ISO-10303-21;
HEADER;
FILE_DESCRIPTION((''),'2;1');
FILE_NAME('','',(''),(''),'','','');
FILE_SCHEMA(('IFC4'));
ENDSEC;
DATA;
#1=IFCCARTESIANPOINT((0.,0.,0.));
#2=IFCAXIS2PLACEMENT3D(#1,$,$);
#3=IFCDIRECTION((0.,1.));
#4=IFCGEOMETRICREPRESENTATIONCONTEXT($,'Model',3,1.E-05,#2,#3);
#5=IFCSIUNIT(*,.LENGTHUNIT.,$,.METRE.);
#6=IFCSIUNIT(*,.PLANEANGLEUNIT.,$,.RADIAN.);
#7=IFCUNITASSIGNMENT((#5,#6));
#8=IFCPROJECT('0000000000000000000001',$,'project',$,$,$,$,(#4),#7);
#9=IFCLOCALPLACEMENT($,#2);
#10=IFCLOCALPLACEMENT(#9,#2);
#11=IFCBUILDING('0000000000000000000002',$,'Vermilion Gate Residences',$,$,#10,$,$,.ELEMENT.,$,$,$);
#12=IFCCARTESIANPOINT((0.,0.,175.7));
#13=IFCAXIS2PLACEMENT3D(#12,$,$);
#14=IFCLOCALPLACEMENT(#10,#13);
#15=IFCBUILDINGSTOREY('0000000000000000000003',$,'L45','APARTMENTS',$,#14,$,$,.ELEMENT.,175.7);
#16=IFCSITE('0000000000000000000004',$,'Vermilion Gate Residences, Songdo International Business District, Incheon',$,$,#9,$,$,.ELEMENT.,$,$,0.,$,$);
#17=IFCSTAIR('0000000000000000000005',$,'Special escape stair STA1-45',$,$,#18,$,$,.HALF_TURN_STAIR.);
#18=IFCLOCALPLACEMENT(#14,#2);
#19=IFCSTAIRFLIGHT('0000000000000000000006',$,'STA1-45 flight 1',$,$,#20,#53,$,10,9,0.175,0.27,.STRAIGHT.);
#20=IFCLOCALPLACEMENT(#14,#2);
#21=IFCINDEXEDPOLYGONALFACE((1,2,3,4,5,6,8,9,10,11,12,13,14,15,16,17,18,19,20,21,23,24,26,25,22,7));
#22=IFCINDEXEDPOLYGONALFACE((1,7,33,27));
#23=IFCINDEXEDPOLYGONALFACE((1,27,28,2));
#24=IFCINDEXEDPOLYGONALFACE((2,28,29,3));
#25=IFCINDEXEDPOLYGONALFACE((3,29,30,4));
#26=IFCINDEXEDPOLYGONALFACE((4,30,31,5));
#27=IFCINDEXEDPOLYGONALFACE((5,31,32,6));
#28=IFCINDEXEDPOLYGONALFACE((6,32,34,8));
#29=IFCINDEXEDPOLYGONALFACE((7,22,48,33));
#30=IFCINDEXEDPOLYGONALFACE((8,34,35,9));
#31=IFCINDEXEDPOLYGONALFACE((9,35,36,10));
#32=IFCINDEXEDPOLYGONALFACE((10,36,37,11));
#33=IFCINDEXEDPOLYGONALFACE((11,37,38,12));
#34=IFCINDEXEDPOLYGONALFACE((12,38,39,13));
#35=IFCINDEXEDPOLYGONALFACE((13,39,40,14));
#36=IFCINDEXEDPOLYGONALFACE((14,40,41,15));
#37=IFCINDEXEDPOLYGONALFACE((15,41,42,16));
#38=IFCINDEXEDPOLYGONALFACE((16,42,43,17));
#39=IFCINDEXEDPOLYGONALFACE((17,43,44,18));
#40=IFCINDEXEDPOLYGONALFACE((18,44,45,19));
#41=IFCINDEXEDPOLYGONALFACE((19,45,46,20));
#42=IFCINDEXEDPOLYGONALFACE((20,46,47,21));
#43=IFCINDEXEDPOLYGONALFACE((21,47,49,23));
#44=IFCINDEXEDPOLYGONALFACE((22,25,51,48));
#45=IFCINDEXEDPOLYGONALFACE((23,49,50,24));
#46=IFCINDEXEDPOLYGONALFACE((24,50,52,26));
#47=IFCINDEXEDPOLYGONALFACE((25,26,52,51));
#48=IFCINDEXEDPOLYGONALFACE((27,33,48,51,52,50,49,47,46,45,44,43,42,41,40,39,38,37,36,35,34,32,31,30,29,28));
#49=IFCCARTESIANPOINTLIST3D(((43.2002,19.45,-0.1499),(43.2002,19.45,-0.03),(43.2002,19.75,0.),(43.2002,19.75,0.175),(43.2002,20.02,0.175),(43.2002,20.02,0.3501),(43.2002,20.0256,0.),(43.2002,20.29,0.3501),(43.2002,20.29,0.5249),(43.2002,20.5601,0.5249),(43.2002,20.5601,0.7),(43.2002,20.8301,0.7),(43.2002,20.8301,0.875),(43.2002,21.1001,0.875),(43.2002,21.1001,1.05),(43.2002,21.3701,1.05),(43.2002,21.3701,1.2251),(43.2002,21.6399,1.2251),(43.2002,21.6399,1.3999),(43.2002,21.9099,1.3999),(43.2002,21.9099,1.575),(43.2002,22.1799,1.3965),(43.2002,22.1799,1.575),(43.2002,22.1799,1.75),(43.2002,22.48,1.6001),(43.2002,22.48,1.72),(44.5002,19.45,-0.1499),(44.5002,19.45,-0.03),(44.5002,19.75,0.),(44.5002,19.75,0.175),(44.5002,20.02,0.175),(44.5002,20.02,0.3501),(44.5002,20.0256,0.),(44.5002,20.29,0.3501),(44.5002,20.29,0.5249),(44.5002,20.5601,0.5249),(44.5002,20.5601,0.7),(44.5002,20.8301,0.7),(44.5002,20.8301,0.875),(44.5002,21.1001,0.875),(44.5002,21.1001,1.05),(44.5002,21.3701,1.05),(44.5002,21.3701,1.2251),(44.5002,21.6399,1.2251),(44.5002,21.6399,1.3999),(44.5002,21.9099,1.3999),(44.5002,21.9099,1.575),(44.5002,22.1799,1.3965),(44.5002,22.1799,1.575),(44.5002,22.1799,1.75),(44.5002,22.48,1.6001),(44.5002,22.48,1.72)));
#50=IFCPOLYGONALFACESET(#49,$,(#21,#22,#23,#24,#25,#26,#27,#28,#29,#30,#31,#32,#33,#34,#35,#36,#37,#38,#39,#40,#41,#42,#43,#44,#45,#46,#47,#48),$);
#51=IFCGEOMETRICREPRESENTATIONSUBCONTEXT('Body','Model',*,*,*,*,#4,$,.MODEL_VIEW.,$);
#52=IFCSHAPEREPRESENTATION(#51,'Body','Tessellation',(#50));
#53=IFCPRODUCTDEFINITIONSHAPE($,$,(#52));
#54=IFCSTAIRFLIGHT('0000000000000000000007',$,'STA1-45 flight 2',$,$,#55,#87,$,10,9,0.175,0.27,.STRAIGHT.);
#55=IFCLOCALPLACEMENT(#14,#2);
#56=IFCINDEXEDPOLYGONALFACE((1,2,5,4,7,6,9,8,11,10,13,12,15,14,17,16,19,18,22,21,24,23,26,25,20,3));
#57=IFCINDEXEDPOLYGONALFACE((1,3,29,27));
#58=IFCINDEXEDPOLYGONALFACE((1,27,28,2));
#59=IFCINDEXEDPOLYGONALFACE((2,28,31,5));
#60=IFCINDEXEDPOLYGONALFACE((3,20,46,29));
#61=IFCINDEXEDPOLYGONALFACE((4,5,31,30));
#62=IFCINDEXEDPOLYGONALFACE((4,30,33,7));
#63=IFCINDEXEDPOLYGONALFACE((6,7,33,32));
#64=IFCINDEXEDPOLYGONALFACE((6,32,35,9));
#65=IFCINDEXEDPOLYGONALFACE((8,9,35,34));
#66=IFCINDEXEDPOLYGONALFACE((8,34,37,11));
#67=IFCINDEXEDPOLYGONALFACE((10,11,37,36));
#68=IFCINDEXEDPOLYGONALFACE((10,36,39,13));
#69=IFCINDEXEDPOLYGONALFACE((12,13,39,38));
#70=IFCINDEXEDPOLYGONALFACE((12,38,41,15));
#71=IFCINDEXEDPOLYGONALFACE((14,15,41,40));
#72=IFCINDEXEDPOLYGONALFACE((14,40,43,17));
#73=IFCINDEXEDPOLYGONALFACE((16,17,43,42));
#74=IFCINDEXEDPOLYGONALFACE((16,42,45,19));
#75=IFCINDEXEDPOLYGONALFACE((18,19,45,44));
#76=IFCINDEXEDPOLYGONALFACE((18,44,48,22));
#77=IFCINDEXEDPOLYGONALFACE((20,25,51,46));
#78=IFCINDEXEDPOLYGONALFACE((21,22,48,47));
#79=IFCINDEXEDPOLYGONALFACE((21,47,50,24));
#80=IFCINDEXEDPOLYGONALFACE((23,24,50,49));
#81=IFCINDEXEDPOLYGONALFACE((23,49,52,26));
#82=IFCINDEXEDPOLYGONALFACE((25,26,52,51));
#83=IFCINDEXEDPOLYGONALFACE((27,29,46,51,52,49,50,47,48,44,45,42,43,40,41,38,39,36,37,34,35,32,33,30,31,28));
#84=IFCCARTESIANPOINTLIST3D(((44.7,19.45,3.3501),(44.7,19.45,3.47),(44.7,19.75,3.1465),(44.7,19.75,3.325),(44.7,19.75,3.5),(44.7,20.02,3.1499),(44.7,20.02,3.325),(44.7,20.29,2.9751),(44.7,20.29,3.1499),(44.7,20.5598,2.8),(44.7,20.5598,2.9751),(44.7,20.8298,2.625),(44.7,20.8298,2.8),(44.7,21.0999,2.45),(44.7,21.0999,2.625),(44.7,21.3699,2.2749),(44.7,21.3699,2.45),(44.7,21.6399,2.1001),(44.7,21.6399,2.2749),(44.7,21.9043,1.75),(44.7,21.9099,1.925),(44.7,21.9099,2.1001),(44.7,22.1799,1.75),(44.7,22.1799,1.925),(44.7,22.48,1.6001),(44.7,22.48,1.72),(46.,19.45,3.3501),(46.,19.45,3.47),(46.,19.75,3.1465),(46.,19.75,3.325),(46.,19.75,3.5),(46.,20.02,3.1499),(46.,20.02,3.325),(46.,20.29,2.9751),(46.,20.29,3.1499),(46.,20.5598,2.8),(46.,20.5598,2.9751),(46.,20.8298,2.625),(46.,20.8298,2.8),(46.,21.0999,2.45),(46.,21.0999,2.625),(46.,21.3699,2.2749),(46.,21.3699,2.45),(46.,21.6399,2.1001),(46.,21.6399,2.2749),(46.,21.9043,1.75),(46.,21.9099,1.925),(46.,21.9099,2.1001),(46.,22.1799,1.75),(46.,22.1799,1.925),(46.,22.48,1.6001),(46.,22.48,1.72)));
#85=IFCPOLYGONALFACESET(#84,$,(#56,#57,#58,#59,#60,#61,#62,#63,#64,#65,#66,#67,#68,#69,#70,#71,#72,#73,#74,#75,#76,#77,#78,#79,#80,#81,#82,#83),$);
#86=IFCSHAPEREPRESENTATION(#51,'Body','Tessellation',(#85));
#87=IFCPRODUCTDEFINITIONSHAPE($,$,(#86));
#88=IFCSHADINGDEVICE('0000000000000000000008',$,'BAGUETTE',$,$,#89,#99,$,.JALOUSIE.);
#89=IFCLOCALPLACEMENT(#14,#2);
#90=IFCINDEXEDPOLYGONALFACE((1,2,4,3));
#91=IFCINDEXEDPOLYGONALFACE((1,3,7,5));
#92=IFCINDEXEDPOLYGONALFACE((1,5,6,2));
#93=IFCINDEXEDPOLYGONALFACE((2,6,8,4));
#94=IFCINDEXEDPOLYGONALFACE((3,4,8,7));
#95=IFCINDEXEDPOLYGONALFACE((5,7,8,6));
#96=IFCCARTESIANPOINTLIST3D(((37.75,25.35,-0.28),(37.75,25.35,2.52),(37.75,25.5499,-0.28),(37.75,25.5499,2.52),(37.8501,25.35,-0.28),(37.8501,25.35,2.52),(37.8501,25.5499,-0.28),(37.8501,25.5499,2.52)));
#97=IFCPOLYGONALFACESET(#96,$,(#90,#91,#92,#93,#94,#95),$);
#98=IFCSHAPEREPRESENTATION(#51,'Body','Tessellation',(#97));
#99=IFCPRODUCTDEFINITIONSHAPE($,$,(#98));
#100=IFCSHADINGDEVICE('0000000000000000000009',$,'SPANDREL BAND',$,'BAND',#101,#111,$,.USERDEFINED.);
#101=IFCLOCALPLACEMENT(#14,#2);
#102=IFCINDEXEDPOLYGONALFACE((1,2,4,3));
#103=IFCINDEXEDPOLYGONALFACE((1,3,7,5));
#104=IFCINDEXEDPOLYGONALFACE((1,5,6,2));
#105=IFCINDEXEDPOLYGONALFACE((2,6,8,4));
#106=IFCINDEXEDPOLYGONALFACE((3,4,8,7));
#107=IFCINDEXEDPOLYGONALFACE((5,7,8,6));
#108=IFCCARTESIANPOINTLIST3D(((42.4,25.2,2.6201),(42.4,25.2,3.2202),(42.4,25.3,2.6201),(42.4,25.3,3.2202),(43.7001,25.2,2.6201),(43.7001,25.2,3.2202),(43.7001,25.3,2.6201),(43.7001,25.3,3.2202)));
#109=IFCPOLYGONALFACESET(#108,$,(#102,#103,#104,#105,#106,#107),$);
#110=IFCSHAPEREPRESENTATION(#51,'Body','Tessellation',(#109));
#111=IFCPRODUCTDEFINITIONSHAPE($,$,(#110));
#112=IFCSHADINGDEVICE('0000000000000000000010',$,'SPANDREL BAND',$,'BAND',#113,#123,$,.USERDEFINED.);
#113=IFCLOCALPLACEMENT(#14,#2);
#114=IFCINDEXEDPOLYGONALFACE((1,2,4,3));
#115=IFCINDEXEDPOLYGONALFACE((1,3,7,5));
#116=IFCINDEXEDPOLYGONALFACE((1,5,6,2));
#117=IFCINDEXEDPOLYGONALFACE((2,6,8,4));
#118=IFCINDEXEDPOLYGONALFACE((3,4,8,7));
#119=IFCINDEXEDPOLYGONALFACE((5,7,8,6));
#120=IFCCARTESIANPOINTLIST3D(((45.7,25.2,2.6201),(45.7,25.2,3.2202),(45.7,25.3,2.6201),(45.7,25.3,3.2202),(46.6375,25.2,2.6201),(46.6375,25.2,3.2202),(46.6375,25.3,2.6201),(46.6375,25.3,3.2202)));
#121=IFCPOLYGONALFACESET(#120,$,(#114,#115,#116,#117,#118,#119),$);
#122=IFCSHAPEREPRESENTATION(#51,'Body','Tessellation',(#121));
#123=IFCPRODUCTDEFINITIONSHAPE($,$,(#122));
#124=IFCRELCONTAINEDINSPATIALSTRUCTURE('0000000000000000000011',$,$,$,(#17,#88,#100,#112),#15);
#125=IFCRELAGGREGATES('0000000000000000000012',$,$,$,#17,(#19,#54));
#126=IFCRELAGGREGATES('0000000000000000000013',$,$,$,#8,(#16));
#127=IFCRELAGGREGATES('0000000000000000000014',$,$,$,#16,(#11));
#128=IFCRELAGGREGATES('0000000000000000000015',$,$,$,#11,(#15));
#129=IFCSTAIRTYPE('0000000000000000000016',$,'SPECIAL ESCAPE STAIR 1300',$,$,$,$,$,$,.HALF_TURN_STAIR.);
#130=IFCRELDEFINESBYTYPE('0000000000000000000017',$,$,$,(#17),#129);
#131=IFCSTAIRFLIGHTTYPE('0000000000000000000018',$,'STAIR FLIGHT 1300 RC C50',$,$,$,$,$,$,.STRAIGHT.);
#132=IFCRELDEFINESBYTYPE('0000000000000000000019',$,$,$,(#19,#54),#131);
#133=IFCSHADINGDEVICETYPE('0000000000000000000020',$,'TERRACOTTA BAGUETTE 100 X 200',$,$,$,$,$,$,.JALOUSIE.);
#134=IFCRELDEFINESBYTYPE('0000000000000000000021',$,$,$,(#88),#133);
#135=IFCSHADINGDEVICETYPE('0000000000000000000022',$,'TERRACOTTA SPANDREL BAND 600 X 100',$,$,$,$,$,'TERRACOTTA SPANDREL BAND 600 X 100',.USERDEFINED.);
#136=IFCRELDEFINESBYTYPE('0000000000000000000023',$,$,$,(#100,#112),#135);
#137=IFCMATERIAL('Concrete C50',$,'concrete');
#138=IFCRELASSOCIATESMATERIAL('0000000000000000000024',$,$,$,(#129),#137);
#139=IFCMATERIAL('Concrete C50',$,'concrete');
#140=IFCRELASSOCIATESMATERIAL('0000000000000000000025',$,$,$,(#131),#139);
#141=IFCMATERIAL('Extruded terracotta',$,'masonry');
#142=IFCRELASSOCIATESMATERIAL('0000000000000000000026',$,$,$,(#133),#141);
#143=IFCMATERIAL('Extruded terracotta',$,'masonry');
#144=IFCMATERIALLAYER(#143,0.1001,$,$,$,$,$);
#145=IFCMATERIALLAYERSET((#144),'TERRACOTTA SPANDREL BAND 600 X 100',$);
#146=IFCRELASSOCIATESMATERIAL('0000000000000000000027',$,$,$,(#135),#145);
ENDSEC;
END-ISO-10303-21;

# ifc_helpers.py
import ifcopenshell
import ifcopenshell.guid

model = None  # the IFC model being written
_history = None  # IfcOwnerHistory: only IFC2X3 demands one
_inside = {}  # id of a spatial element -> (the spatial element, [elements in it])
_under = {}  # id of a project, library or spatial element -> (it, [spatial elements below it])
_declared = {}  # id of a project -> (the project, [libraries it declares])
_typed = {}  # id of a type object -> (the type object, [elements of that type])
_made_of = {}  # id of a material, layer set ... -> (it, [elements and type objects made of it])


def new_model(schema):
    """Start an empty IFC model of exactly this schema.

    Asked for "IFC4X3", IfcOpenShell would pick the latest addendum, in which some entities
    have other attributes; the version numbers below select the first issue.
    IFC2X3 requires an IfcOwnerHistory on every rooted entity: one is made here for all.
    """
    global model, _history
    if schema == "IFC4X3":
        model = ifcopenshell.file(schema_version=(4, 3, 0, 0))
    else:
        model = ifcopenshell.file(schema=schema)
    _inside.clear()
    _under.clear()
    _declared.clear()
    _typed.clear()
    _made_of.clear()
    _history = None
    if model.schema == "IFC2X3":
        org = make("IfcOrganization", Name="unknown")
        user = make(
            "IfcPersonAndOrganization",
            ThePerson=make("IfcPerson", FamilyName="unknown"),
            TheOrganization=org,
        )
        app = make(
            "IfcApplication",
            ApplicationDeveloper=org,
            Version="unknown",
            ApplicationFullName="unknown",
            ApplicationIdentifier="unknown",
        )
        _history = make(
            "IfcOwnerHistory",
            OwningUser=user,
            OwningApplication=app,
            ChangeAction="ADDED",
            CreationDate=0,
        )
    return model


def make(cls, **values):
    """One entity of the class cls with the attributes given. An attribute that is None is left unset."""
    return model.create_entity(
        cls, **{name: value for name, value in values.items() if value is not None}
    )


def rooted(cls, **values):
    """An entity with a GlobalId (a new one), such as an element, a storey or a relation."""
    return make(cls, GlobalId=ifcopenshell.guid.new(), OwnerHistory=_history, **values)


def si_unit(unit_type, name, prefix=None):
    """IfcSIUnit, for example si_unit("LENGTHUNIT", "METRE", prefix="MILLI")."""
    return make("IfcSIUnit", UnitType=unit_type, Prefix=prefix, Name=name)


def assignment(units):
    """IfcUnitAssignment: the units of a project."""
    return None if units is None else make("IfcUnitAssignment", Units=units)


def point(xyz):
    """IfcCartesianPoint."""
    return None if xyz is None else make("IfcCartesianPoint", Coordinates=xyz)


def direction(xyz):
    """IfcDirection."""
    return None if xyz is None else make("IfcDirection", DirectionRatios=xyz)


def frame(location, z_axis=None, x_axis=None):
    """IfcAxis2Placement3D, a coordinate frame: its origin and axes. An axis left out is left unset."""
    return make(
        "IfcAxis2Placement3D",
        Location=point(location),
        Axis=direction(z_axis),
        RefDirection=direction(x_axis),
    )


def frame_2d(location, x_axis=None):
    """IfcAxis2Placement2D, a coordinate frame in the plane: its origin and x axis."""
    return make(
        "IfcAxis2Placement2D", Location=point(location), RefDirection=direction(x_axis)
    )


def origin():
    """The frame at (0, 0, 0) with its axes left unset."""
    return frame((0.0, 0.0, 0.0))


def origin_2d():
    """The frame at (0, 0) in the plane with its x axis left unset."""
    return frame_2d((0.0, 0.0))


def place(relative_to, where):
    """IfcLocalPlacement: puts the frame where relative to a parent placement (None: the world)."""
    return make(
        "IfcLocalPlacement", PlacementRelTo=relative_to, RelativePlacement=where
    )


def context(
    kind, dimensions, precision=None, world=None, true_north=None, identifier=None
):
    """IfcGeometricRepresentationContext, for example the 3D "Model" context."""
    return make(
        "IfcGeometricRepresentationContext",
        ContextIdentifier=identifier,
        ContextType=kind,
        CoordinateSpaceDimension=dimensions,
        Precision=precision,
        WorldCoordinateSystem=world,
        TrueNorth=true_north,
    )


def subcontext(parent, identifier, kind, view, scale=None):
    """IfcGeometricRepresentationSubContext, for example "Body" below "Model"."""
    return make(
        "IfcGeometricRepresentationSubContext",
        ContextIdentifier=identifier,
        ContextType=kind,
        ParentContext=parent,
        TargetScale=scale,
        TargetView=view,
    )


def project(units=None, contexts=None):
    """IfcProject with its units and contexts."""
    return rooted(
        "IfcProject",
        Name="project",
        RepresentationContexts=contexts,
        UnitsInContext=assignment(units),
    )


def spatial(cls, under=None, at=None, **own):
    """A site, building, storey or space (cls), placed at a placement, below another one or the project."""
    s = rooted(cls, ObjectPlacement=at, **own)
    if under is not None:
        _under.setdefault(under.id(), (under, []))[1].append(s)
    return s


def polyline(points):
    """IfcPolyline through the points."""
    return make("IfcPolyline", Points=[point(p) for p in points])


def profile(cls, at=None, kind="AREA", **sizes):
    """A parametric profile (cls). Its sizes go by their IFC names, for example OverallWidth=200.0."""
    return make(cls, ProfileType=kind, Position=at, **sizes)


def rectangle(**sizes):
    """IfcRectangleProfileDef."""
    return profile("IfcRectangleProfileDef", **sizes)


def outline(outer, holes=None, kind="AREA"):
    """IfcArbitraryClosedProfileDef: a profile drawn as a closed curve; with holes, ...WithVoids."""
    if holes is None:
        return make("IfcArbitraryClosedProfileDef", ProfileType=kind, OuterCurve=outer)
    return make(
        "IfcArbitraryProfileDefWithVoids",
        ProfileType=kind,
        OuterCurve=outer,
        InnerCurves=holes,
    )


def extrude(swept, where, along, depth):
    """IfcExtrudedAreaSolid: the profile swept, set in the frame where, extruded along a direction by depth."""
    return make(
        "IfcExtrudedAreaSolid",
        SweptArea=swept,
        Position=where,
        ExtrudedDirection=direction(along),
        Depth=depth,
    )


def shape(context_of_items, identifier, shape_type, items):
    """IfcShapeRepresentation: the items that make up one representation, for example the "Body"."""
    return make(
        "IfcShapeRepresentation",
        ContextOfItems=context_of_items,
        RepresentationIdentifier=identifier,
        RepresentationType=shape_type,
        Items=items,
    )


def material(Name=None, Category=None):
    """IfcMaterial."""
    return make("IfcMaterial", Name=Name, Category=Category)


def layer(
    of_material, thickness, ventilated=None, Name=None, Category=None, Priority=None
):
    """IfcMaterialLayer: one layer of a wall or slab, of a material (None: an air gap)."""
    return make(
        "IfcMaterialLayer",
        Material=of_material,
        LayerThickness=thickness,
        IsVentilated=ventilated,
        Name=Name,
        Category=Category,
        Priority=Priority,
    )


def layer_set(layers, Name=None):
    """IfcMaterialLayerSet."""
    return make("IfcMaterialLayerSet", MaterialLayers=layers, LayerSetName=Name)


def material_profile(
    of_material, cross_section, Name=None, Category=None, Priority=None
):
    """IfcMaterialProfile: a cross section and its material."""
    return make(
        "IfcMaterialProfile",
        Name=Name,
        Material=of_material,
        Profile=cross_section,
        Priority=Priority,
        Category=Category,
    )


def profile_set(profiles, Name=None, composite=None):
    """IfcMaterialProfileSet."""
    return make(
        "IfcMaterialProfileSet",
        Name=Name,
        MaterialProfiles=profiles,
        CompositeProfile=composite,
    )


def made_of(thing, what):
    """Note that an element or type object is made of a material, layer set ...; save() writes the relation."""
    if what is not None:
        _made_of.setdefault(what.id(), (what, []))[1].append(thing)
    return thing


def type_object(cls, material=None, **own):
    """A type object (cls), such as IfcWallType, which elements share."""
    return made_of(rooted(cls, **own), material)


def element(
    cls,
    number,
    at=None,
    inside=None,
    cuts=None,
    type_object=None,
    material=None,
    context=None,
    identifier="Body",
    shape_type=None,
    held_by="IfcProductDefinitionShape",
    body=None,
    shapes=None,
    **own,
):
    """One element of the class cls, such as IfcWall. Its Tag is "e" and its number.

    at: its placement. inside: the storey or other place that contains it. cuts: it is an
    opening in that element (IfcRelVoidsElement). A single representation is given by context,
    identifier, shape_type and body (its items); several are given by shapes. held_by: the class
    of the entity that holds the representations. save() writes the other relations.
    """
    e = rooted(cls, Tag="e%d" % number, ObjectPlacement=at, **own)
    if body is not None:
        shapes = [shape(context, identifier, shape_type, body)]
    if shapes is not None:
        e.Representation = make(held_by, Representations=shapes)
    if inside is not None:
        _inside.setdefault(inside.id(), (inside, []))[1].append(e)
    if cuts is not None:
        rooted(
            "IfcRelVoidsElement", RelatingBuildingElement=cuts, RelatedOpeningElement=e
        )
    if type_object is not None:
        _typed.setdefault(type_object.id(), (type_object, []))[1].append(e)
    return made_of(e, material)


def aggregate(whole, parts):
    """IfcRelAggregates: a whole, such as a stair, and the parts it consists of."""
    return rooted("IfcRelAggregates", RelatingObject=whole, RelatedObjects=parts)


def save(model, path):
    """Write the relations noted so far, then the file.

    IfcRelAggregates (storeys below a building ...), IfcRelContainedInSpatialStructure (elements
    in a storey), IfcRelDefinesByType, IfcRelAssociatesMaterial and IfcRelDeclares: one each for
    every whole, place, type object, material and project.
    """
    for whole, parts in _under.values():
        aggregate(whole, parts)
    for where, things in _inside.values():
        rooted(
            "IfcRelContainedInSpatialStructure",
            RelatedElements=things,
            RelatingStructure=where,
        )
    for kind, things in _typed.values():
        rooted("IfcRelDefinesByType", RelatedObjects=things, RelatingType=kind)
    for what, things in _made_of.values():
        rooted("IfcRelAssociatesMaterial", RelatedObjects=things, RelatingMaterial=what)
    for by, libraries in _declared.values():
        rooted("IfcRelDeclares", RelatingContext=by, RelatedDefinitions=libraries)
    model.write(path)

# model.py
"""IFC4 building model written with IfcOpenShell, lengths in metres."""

from ifc_helpers import new_model, si_unit, direction, frame, origin, origin_2d, place, context, subcontext, project, spatial, polyline, rectangle, outline, extrude, material, layer, layer_set, material_profile, profile_set, type_object, element, aggregate, save


model = new_model("IFC4")

# Units and contexts
model_context = context("Model", 3, precision=1e-05, world=origin(), true_north=direction((0.0, 1.0)))
body_context = subcontext(model_context, "Body", "Model", "MODEL_VIEW")
ifc_project = project(units=[si_unit("LENGTHUNIT", "METRE"), si_unit("PLANEANGLEUNIT", "RADIAN")], contexts=[model_context])

# Site, building, storey
site_placement = place(None, origin())
site = spatial("IfcSite", under=ifc_project, at=site_placement, Name="Vermilion Gate Residences, Songdo International Business District, Incheon", CompositionType="ELEMENT", RefElevation=0.0)
building_placement = place(site_placement, origin())
building = spatial("IfcBuilding", under=site, at=building_placement, Name="Vermilion Gate Residences", CompositionType="ELEMENT")
storey_placement = place(building_placement, frame((0.0, 0.0, 175.7)))
storey = spatial("IfcBuildingStorey", under=building, at=storey_placement, Name="L45", Description="APARTMENTS", CompositionType="ELEMENT", Elevation=175.7)

# Stair, stair flights
ifc_material_1 = material(Name="Concrete C50", Category="concrete")
stair_type = type_object("IfcStairType", Name="SPECIAL ESCAPE STAIR 1300", PredefinedType="HALF_TURN_STAIR", material=ifc_material_1)
stair_placement = place(storey_placement, origin())
stair = element("IfcStair", 1, at=stair_placement, inside=storey, type_object=stair_type, Name="Special escape stair STA1-45", PredefinedType="HALF_TURN_STAIR")
ifc_material_2 = material(Name="Concrete C50", Category="concrete")
stair_flight_type = type_object("IfcStairFlightType", Name="STAIR FLIGHT 1300 RC C50", PredefinedType="STRAIGHT", material=ifc_material_2)
stair_flight_1_placement = place(storey_placement, frame((43.8501, 19.75, 0.0), z_axis=(0.0, 0.0, 1.0), x_axis=(0.0, 1.0, 0.0)))
stair_flight_1 = element("IfcStairFlight", 2, at=stair_flight_1_placement, type_object=stair_flight_type, Name="STA1-45 flight 1", NumberOfRisers=10, NumberOfTreads=9, PredefinedType="STRAIGHT", RiserHeight=0.175, TreadLength=0.27, context=body_context, shape_type="SweptSolid", body=[
    extrude(outline(polyline([(-0.3, -0.1499), (-0.3, -0.03), (0.0, 0.0), (0.0, 0.175), (0.27, 0.175), (0.27, 0.3501), (0.54, 0.3501), (0.54, 0.5249), (0.8101, 0.5249), (0.8101, 0.7), (1.0801, 0.7), (1.0801, 0.875), (1.3501, 0.875), (1.3501, 1.05), (1.6201, 1.05), (1.6201, 1.2251), (1.8899, 1.2251), (1.8899, 1.3999), (2.1599, 1.3999), (2.1599, 1.575), (2.4299, 1.575), (2.4299, 1.75), (2.73, 1.72), (2.73, 1.6001), (2.4299, 1.3965), (0.2756, 0.0), (-0.3, -0.1499)])), frame((0.0, 0.6499, 0.0), z_axis=(0.0, -1.0, 0.0), x_axis=(1.0, 0.0, 0.0)), (0.0, 0.0, 1.0), 1.3),
])
stair_flight_2_placement = place(storey_placement, frame((45.3501, 22.1799, 1.75), z_axis=(0.0, 0.0, 1.0), x_axis=(0.0, -1.0, 0.0)))
stair_flight_2 = element("IfcStairFlight", 3, at=stair_flight_2_placement, type_object=stair_flight_type, Name="STA1-45 flight 2", NumberOfRisers=10, NumberOfTreads=9, PredefinedType="STRAIGHT", RiserHeight=0.175, TreadLength=0.27, context=body_context, shape_type="SweptSolid", body=[
    extrude(outline(polyline([(-0.3, -0.1499), (-0.3, -0.03), (0.0, 0.0), (0.0, 0.175), (0.27, 0.175), (0.27, 0.3501), (0.54, 0.3501), (0.54, 0.5249), (0.8101, 0.5249), (0.8101, 0.7), (1.0801, 0.7), (1.0801, 0.875), (1.3501, 0.875), (1.3501, 1.05), (1.6201, 1.05), (1.6201, 1.2251), (1.8899, 1.2251), (1.8899, 1.3999), (2.1599, 1.3999), (2.1599, 1.575), (2.4299, 1.575), (2.4299, 1.75), (2.73, 1.72), (2.73, 1.6001), (2.4299, 1.3965), (0.2756, 0.0), (-0.3, -0.1499)])), frame((0.0, 0.6499, 0.0), z_axis=(0.0, -1.0, 0.0), x_axis=(1.0, 0.0, 0.0)), (0.0, 0.0, 1.0), 1.3),
])
aggregate(stair, [stair_flight_1, stair_flight_2])

# Shading devices
ifc_material_3 = material(Name="Extruded terracotta", Category="masonry")
ifc_material_profile = material_profile(ifc_material_3, rectangle(XDim=0.2, YDim=0.1001, at=origin_2d()), Name="BAGUETTE 100 X 200")
ifc_profile_set = profile_set([ifc_material_profile], Name="Extruded terracotta")
shading_device_type_1 = type_object("IfcShadingDeviceType", Name="TERRACOTTA BAGUETTE 100 X 200", PredefinedType="JALOUSIE", material=ifc_profile_set)
shading_device_1_placement = place(storey_placement, frame((37.8, 25.45, -0.28), z_axis=(0.0, 0.0, 1.0), x_axis=(0.0, -1.0, 0.0)))
element("IfcShadingDevice", 4, at=shading_device_1_placement, inside=storey, type_object=shading_device_type_1, Name="BAGUETTE", PredefinedType="JALOUSIE", context=body_context, shape_type="SweptSolid", body=[
    extrude(rectangle(XDim=0.2, YDim=0.1001, at=origin_2d()), origin(), (0.0, 0.0, 1.0), 2.8),
])
ifc_material_4 = material(Name="Extruded terracotta", Category="masonry")
ifc_layer_1 = layer(ifc_material_4, 0.1001)
ifc_layer_set_1 = layer_set([ifc_layer_1], Name="TERRACOTTA SPANDREL BAND 600 X 100")
shading_device_type_2 = type_object("IfcShadingDeviceType", Name="TERRACOTTA SPANDREL BAND 600 X 100", ElementType="TERRACOTTA SPANDREL BAND 600 X 100", PredefinedType="USERDEFINED", material=ifc_layer_set_1)
shading_device_2_placement = place(storey_placement, frame((43.05, 25.25, 2.6201), z_axis=(0.0, 0.0, 1.0), x_axis=(1.0, 0.0, 0.0)))
element("IfcShadingDevice", 5, at=shading_device_2_placement, inside=storey, type_object=shading_device_type_2, Name="SPANDREL BAND", ObjectType="BAND", PredefinedType="USERDEFINED", context=body_context, shape_type="SweptSolid", body=[
    extrude(rectangle(XDim=1.3, YDim=0.1001, at=origin_2d()), origin(), (0.0, 0.0, 1.0), 0.6001),
])
shading_device_3_placement = place(storey_placement, frame((46.1687, 25.25, 2.6201), z_axis=(0.0, 0.0, 1.0), x_axis=(1.0, 0.0, 0.0)))
element("IfcShadingDevice", 6, at=shading_device_3_placement, inside=storey, type_object=shading_device_type_2, Name="SPANDREL BAND", ObjectType="BAND", PredefinedType="USERDEFINED", context=body_context, shape_type="SweptSolid", body=[
    extrude(rectangle(XDim=0.9375, YDim=0.1001, at=origin_2d()), origin(), (0.0, 0.0, 1.0), 0.6001),
])

save(model, "model.ifc")
